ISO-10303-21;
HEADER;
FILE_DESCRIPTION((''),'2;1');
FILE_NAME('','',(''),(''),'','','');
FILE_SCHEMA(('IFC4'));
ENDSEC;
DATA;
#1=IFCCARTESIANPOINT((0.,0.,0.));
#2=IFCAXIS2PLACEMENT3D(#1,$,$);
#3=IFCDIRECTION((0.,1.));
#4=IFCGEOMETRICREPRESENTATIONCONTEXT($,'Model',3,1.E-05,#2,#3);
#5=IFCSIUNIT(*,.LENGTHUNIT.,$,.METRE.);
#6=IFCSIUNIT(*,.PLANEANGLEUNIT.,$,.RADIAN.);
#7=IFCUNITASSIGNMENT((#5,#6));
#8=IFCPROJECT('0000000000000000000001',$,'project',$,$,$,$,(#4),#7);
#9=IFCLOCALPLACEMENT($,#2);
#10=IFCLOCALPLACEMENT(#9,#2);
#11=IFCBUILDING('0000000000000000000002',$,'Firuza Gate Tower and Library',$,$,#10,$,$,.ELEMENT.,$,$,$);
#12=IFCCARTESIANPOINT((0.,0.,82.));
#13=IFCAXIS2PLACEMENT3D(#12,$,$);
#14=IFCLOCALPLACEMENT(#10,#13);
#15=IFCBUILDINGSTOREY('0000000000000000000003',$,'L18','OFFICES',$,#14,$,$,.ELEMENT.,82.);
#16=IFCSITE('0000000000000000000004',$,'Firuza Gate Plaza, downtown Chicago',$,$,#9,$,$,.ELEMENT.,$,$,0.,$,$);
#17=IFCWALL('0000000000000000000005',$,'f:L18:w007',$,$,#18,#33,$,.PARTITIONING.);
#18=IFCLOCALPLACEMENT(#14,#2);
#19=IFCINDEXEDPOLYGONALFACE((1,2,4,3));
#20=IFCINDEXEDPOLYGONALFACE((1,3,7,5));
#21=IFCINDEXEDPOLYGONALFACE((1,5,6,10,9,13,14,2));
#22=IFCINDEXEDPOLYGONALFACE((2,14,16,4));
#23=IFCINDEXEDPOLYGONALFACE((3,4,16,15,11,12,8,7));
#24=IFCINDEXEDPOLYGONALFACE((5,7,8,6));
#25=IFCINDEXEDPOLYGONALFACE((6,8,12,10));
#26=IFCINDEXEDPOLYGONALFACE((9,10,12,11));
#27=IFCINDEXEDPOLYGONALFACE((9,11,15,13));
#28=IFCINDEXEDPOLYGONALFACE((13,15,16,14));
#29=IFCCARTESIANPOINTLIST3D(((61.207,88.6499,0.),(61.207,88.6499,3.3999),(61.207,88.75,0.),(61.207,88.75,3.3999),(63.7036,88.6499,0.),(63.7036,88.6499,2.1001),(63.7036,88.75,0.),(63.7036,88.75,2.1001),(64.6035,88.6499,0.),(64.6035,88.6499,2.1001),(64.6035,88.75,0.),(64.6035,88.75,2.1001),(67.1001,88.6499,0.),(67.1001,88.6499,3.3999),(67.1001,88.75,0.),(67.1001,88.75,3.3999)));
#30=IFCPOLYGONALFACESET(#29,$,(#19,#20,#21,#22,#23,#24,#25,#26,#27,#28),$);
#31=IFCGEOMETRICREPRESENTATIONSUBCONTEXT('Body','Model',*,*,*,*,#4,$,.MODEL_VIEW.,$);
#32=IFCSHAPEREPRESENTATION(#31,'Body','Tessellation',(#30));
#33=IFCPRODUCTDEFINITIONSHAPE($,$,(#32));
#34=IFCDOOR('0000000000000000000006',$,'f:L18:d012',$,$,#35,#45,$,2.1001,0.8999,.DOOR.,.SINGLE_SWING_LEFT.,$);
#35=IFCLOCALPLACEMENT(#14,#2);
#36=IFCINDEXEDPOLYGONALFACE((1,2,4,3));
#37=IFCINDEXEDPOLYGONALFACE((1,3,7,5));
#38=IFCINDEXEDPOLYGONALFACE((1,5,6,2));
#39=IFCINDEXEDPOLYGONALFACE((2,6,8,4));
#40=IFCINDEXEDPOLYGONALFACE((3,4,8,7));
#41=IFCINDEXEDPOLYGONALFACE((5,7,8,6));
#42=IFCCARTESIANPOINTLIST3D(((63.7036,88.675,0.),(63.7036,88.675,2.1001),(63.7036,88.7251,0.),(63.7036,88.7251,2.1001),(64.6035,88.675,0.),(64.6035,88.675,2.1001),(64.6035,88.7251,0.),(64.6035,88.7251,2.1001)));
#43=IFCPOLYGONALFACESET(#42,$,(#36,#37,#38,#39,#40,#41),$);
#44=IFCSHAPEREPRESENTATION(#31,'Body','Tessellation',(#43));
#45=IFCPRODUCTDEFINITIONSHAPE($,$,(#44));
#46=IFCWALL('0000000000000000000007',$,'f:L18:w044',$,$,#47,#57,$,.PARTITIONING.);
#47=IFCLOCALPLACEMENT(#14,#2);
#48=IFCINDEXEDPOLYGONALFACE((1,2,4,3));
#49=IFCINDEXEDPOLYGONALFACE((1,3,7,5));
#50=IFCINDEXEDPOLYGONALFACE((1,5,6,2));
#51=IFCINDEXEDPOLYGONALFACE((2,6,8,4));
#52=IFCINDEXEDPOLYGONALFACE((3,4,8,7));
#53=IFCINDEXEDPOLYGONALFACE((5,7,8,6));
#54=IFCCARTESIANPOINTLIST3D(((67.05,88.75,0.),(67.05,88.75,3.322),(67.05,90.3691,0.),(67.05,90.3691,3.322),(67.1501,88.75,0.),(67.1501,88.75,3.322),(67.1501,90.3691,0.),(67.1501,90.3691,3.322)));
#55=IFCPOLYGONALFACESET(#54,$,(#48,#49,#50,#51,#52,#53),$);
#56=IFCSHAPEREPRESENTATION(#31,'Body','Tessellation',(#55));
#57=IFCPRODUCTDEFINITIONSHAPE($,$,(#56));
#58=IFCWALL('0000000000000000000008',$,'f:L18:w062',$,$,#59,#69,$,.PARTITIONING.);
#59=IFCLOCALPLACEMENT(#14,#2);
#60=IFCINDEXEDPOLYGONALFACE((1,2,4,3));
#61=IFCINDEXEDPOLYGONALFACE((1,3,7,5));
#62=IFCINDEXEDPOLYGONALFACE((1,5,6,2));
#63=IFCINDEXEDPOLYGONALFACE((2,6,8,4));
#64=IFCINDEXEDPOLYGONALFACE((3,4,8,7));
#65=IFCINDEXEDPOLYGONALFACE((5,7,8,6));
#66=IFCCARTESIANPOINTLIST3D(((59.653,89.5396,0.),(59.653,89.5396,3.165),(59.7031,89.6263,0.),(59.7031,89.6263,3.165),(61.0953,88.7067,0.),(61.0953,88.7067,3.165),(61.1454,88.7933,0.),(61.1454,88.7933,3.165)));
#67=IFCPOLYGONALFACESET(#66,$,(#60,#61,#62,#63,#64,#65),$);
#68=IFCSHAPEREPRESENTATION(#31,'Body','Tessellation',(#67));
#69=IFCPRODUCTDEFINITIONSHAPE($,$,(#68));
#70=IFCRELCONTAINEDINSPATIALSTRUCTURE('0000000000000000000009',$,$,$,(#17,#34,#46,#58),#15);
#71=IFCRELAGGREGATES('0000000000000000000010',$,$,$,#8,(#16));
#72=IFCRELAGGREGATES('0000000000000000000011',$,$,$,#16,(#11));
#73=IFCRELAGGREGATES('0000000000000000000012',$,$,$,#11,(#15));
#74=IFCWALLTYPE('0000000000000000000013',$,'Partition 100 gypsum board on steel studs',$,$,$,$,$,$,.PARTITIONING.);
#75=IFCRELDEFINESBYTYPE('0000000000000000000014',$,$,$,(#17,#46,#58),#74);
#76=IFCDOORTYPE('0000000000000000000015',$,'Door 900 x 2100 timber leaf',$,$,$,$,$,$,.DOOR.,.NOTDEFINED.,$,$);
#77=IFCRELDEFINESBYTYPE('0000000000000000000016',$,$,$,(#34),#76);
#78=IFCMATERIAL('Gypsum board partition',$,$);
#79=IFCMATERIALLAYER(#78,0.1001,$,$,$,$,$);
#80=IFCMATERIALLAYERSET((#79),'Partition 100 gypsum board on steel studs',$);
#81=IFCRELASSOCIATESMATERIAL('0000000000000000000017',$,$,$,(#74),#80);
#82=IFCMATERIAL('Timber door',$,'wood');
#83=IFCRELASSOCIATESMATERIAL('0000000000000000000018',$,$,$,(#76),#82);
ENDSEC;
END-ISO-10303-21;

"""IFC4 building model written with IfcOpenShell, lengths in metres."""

from ifc_helpers import new_model, si_unit, direction, frame, frame_2d, origin, place, context, subcontext, project, spatial, rectangle, extrude, material, layer, layer_set, type_object, element, fill, save


model = new_model("IFC4")

# Units and contexts
model_context = context("Model", 3, precision=1e-05, world=origin(), true_north=direction((0.0, 1.0)))
body_context = subcontext(model_context, "Body", "Model", "MODEL_VIEW")
ifc_project = project(units=[si_unit("LENGTHUNIT", "METRE"), si_unit("PLANEANGLEUNIT", "RADIAN")], contexts=[model_context])

# Site, building, storey
site_placement = place(None, origin())
site = spatial("IfcSite", under=ifc_project, at=site_placement, Name="Firuza Gate Plaza, downtown Chicago", CompositionType="ELEMENT", RefElevation=0.0)
building_placement = place(site_placement, origin())
building = spatial("IfcBuilding", under=site, at=building_placement, Name="Firuza Gate Tower and Library", CompositionType="ELEMENT")
storey_placement = place(building_placement, frame((0.0, 0.0, 82.0)))
storey = spatial("IfcBuildingStorey", under=building, at=storey_placement, Name="L18", Description="OFFICES", CompositionType="ELEMENT", Elevation=82.0)

# Wall, opening, door
ifc_material_1 = material(Name="Gypsum board partition")
ifc_layer_1 = layer(ifc_material_1, 0.1001)
ifc_layer_set_1 = layer_set([ifc_layer_1], Name="Partition 100 gypsum board on steel studs")
wall_type_1 = type_object("IfcWallType", Name="Partition 100 gypsum board on steel studs", PredefinedType="PARTITIONING", material=ifc_layer_set_1)
wall_1_placement = place(storey_placement, frame((67.1001, 88.7, 0.0), z_axis=(0.0, 0.0, 1.0), x_axis=(-1.0, 0.0, 0.0)))
wall_1 = element("IfcWall", 1, at=wall_1_placement, inside=storey, type_object=wall_type_1, Name="f:L18:w007", PredefinedType="PARTITIONING", context=body_context, shape_type="SweptSolid", body=[
    extrude(rectangle(XDim=5.8931, YDim=0.1001, at=frame_2d((2.9465, 0.0))), origin(), (0.0, 0.0, 1.0), 3.3999),
])
opening_1_placement = place(wall_1_placement, frame((2.4966, 0.0, 0.0)))
opening_1 = element("IfcOpeningElement", 2, at=opening_1_placement, cuts=wall_1, PredefinedType="OPENING", context=body_context, shape_type="SweptSolid", body=[
    extrude(rectangle(XDim=0.8999, YDim=2.1001, at=frame_2d((0.45, 1.05))), frame((0.0, 0.0601, 0.0), z_axis=(0.0, -1.0, 0.0), x_axis=(1.0, 0.0, 0.0)), (0.0, 0.0, 1.0), 0.1201),
])
ifc_material_2 = material(Name="Timber door", Category="wood")
door_type_1 = type_object("IfcDoorType", Name="Door 900 x 2100 timber leaf", OperationType="NOTDEFINED", PredefinedType="DOOR", material=ifc_material_2)
door_1_placement = place(opening_1_placement, origin())
door_1 = element("IfcDoor", 3, at=door_1_placement, inside=storey, type_object=door_type_1, Name="f:L18:d012", OperationType="SINGLE_SWING_LEFT", OverallHeight=2.1001, OverallWidth=0.8999, PredefinedType="DOOR", context=body_context, shape_type="SweptSolid", body=[
    extrude(rectangle(XDim=0.8999, YDim=2.1001, at=frame_2d((0.45, 1.05))), frame((0.0, 0.0249, 0.0), z_axis=(0.0, -1.0, 0.0), x_axis=(1.0, 0.0, 0.0)), (0.0, 0.0, 1.0), 0.05),
])
fill(opening_1, door_1)

# Walls
wall_2_placement = place(storey_placement, frame((67.1001, 88.75, 0.0), z_axis=(0.0, 0.0, 1.0), x_axis=(0.0, 1.0, 0.0)))
element("IfcWall", 4, at=wall_2_placement, inside=storey, type_object=wall_type_1, Name="f:L18:w044", PredefinedType="PARTITIONING", context=body_context, shape_type="SweptSolid", body=[
    extrude(rectangle(XDim=1.6191, YDim=0.1001, at=frame_2d((0.8096, 0.0))), origin(), (0.0, 0.0, 1.0), 3.322),
])
wall_3_placement = place(storey_placement, frame((61.1204, 88.75, 0.0), z_axis=(0.0, 0.0, 1.0), x_axis=(-0.865961, 0.500112, 0.0)))
element("IfcWall", 5, at=wall_3_placement, inside=storey, type_object=wall_type_1, Name="f:L18:w062", PredefinedType="PARTITIONING", context=body_context, shape_type="SweptSolid", body=[
    extrude(rectangle(XDim=1.6655, YDim=0.1001, at=frame_2d((0.8328, 0.0))), origin(), (0.0, 0.0, 1.0), 3.165),
])

save(model, "model.ifc")
